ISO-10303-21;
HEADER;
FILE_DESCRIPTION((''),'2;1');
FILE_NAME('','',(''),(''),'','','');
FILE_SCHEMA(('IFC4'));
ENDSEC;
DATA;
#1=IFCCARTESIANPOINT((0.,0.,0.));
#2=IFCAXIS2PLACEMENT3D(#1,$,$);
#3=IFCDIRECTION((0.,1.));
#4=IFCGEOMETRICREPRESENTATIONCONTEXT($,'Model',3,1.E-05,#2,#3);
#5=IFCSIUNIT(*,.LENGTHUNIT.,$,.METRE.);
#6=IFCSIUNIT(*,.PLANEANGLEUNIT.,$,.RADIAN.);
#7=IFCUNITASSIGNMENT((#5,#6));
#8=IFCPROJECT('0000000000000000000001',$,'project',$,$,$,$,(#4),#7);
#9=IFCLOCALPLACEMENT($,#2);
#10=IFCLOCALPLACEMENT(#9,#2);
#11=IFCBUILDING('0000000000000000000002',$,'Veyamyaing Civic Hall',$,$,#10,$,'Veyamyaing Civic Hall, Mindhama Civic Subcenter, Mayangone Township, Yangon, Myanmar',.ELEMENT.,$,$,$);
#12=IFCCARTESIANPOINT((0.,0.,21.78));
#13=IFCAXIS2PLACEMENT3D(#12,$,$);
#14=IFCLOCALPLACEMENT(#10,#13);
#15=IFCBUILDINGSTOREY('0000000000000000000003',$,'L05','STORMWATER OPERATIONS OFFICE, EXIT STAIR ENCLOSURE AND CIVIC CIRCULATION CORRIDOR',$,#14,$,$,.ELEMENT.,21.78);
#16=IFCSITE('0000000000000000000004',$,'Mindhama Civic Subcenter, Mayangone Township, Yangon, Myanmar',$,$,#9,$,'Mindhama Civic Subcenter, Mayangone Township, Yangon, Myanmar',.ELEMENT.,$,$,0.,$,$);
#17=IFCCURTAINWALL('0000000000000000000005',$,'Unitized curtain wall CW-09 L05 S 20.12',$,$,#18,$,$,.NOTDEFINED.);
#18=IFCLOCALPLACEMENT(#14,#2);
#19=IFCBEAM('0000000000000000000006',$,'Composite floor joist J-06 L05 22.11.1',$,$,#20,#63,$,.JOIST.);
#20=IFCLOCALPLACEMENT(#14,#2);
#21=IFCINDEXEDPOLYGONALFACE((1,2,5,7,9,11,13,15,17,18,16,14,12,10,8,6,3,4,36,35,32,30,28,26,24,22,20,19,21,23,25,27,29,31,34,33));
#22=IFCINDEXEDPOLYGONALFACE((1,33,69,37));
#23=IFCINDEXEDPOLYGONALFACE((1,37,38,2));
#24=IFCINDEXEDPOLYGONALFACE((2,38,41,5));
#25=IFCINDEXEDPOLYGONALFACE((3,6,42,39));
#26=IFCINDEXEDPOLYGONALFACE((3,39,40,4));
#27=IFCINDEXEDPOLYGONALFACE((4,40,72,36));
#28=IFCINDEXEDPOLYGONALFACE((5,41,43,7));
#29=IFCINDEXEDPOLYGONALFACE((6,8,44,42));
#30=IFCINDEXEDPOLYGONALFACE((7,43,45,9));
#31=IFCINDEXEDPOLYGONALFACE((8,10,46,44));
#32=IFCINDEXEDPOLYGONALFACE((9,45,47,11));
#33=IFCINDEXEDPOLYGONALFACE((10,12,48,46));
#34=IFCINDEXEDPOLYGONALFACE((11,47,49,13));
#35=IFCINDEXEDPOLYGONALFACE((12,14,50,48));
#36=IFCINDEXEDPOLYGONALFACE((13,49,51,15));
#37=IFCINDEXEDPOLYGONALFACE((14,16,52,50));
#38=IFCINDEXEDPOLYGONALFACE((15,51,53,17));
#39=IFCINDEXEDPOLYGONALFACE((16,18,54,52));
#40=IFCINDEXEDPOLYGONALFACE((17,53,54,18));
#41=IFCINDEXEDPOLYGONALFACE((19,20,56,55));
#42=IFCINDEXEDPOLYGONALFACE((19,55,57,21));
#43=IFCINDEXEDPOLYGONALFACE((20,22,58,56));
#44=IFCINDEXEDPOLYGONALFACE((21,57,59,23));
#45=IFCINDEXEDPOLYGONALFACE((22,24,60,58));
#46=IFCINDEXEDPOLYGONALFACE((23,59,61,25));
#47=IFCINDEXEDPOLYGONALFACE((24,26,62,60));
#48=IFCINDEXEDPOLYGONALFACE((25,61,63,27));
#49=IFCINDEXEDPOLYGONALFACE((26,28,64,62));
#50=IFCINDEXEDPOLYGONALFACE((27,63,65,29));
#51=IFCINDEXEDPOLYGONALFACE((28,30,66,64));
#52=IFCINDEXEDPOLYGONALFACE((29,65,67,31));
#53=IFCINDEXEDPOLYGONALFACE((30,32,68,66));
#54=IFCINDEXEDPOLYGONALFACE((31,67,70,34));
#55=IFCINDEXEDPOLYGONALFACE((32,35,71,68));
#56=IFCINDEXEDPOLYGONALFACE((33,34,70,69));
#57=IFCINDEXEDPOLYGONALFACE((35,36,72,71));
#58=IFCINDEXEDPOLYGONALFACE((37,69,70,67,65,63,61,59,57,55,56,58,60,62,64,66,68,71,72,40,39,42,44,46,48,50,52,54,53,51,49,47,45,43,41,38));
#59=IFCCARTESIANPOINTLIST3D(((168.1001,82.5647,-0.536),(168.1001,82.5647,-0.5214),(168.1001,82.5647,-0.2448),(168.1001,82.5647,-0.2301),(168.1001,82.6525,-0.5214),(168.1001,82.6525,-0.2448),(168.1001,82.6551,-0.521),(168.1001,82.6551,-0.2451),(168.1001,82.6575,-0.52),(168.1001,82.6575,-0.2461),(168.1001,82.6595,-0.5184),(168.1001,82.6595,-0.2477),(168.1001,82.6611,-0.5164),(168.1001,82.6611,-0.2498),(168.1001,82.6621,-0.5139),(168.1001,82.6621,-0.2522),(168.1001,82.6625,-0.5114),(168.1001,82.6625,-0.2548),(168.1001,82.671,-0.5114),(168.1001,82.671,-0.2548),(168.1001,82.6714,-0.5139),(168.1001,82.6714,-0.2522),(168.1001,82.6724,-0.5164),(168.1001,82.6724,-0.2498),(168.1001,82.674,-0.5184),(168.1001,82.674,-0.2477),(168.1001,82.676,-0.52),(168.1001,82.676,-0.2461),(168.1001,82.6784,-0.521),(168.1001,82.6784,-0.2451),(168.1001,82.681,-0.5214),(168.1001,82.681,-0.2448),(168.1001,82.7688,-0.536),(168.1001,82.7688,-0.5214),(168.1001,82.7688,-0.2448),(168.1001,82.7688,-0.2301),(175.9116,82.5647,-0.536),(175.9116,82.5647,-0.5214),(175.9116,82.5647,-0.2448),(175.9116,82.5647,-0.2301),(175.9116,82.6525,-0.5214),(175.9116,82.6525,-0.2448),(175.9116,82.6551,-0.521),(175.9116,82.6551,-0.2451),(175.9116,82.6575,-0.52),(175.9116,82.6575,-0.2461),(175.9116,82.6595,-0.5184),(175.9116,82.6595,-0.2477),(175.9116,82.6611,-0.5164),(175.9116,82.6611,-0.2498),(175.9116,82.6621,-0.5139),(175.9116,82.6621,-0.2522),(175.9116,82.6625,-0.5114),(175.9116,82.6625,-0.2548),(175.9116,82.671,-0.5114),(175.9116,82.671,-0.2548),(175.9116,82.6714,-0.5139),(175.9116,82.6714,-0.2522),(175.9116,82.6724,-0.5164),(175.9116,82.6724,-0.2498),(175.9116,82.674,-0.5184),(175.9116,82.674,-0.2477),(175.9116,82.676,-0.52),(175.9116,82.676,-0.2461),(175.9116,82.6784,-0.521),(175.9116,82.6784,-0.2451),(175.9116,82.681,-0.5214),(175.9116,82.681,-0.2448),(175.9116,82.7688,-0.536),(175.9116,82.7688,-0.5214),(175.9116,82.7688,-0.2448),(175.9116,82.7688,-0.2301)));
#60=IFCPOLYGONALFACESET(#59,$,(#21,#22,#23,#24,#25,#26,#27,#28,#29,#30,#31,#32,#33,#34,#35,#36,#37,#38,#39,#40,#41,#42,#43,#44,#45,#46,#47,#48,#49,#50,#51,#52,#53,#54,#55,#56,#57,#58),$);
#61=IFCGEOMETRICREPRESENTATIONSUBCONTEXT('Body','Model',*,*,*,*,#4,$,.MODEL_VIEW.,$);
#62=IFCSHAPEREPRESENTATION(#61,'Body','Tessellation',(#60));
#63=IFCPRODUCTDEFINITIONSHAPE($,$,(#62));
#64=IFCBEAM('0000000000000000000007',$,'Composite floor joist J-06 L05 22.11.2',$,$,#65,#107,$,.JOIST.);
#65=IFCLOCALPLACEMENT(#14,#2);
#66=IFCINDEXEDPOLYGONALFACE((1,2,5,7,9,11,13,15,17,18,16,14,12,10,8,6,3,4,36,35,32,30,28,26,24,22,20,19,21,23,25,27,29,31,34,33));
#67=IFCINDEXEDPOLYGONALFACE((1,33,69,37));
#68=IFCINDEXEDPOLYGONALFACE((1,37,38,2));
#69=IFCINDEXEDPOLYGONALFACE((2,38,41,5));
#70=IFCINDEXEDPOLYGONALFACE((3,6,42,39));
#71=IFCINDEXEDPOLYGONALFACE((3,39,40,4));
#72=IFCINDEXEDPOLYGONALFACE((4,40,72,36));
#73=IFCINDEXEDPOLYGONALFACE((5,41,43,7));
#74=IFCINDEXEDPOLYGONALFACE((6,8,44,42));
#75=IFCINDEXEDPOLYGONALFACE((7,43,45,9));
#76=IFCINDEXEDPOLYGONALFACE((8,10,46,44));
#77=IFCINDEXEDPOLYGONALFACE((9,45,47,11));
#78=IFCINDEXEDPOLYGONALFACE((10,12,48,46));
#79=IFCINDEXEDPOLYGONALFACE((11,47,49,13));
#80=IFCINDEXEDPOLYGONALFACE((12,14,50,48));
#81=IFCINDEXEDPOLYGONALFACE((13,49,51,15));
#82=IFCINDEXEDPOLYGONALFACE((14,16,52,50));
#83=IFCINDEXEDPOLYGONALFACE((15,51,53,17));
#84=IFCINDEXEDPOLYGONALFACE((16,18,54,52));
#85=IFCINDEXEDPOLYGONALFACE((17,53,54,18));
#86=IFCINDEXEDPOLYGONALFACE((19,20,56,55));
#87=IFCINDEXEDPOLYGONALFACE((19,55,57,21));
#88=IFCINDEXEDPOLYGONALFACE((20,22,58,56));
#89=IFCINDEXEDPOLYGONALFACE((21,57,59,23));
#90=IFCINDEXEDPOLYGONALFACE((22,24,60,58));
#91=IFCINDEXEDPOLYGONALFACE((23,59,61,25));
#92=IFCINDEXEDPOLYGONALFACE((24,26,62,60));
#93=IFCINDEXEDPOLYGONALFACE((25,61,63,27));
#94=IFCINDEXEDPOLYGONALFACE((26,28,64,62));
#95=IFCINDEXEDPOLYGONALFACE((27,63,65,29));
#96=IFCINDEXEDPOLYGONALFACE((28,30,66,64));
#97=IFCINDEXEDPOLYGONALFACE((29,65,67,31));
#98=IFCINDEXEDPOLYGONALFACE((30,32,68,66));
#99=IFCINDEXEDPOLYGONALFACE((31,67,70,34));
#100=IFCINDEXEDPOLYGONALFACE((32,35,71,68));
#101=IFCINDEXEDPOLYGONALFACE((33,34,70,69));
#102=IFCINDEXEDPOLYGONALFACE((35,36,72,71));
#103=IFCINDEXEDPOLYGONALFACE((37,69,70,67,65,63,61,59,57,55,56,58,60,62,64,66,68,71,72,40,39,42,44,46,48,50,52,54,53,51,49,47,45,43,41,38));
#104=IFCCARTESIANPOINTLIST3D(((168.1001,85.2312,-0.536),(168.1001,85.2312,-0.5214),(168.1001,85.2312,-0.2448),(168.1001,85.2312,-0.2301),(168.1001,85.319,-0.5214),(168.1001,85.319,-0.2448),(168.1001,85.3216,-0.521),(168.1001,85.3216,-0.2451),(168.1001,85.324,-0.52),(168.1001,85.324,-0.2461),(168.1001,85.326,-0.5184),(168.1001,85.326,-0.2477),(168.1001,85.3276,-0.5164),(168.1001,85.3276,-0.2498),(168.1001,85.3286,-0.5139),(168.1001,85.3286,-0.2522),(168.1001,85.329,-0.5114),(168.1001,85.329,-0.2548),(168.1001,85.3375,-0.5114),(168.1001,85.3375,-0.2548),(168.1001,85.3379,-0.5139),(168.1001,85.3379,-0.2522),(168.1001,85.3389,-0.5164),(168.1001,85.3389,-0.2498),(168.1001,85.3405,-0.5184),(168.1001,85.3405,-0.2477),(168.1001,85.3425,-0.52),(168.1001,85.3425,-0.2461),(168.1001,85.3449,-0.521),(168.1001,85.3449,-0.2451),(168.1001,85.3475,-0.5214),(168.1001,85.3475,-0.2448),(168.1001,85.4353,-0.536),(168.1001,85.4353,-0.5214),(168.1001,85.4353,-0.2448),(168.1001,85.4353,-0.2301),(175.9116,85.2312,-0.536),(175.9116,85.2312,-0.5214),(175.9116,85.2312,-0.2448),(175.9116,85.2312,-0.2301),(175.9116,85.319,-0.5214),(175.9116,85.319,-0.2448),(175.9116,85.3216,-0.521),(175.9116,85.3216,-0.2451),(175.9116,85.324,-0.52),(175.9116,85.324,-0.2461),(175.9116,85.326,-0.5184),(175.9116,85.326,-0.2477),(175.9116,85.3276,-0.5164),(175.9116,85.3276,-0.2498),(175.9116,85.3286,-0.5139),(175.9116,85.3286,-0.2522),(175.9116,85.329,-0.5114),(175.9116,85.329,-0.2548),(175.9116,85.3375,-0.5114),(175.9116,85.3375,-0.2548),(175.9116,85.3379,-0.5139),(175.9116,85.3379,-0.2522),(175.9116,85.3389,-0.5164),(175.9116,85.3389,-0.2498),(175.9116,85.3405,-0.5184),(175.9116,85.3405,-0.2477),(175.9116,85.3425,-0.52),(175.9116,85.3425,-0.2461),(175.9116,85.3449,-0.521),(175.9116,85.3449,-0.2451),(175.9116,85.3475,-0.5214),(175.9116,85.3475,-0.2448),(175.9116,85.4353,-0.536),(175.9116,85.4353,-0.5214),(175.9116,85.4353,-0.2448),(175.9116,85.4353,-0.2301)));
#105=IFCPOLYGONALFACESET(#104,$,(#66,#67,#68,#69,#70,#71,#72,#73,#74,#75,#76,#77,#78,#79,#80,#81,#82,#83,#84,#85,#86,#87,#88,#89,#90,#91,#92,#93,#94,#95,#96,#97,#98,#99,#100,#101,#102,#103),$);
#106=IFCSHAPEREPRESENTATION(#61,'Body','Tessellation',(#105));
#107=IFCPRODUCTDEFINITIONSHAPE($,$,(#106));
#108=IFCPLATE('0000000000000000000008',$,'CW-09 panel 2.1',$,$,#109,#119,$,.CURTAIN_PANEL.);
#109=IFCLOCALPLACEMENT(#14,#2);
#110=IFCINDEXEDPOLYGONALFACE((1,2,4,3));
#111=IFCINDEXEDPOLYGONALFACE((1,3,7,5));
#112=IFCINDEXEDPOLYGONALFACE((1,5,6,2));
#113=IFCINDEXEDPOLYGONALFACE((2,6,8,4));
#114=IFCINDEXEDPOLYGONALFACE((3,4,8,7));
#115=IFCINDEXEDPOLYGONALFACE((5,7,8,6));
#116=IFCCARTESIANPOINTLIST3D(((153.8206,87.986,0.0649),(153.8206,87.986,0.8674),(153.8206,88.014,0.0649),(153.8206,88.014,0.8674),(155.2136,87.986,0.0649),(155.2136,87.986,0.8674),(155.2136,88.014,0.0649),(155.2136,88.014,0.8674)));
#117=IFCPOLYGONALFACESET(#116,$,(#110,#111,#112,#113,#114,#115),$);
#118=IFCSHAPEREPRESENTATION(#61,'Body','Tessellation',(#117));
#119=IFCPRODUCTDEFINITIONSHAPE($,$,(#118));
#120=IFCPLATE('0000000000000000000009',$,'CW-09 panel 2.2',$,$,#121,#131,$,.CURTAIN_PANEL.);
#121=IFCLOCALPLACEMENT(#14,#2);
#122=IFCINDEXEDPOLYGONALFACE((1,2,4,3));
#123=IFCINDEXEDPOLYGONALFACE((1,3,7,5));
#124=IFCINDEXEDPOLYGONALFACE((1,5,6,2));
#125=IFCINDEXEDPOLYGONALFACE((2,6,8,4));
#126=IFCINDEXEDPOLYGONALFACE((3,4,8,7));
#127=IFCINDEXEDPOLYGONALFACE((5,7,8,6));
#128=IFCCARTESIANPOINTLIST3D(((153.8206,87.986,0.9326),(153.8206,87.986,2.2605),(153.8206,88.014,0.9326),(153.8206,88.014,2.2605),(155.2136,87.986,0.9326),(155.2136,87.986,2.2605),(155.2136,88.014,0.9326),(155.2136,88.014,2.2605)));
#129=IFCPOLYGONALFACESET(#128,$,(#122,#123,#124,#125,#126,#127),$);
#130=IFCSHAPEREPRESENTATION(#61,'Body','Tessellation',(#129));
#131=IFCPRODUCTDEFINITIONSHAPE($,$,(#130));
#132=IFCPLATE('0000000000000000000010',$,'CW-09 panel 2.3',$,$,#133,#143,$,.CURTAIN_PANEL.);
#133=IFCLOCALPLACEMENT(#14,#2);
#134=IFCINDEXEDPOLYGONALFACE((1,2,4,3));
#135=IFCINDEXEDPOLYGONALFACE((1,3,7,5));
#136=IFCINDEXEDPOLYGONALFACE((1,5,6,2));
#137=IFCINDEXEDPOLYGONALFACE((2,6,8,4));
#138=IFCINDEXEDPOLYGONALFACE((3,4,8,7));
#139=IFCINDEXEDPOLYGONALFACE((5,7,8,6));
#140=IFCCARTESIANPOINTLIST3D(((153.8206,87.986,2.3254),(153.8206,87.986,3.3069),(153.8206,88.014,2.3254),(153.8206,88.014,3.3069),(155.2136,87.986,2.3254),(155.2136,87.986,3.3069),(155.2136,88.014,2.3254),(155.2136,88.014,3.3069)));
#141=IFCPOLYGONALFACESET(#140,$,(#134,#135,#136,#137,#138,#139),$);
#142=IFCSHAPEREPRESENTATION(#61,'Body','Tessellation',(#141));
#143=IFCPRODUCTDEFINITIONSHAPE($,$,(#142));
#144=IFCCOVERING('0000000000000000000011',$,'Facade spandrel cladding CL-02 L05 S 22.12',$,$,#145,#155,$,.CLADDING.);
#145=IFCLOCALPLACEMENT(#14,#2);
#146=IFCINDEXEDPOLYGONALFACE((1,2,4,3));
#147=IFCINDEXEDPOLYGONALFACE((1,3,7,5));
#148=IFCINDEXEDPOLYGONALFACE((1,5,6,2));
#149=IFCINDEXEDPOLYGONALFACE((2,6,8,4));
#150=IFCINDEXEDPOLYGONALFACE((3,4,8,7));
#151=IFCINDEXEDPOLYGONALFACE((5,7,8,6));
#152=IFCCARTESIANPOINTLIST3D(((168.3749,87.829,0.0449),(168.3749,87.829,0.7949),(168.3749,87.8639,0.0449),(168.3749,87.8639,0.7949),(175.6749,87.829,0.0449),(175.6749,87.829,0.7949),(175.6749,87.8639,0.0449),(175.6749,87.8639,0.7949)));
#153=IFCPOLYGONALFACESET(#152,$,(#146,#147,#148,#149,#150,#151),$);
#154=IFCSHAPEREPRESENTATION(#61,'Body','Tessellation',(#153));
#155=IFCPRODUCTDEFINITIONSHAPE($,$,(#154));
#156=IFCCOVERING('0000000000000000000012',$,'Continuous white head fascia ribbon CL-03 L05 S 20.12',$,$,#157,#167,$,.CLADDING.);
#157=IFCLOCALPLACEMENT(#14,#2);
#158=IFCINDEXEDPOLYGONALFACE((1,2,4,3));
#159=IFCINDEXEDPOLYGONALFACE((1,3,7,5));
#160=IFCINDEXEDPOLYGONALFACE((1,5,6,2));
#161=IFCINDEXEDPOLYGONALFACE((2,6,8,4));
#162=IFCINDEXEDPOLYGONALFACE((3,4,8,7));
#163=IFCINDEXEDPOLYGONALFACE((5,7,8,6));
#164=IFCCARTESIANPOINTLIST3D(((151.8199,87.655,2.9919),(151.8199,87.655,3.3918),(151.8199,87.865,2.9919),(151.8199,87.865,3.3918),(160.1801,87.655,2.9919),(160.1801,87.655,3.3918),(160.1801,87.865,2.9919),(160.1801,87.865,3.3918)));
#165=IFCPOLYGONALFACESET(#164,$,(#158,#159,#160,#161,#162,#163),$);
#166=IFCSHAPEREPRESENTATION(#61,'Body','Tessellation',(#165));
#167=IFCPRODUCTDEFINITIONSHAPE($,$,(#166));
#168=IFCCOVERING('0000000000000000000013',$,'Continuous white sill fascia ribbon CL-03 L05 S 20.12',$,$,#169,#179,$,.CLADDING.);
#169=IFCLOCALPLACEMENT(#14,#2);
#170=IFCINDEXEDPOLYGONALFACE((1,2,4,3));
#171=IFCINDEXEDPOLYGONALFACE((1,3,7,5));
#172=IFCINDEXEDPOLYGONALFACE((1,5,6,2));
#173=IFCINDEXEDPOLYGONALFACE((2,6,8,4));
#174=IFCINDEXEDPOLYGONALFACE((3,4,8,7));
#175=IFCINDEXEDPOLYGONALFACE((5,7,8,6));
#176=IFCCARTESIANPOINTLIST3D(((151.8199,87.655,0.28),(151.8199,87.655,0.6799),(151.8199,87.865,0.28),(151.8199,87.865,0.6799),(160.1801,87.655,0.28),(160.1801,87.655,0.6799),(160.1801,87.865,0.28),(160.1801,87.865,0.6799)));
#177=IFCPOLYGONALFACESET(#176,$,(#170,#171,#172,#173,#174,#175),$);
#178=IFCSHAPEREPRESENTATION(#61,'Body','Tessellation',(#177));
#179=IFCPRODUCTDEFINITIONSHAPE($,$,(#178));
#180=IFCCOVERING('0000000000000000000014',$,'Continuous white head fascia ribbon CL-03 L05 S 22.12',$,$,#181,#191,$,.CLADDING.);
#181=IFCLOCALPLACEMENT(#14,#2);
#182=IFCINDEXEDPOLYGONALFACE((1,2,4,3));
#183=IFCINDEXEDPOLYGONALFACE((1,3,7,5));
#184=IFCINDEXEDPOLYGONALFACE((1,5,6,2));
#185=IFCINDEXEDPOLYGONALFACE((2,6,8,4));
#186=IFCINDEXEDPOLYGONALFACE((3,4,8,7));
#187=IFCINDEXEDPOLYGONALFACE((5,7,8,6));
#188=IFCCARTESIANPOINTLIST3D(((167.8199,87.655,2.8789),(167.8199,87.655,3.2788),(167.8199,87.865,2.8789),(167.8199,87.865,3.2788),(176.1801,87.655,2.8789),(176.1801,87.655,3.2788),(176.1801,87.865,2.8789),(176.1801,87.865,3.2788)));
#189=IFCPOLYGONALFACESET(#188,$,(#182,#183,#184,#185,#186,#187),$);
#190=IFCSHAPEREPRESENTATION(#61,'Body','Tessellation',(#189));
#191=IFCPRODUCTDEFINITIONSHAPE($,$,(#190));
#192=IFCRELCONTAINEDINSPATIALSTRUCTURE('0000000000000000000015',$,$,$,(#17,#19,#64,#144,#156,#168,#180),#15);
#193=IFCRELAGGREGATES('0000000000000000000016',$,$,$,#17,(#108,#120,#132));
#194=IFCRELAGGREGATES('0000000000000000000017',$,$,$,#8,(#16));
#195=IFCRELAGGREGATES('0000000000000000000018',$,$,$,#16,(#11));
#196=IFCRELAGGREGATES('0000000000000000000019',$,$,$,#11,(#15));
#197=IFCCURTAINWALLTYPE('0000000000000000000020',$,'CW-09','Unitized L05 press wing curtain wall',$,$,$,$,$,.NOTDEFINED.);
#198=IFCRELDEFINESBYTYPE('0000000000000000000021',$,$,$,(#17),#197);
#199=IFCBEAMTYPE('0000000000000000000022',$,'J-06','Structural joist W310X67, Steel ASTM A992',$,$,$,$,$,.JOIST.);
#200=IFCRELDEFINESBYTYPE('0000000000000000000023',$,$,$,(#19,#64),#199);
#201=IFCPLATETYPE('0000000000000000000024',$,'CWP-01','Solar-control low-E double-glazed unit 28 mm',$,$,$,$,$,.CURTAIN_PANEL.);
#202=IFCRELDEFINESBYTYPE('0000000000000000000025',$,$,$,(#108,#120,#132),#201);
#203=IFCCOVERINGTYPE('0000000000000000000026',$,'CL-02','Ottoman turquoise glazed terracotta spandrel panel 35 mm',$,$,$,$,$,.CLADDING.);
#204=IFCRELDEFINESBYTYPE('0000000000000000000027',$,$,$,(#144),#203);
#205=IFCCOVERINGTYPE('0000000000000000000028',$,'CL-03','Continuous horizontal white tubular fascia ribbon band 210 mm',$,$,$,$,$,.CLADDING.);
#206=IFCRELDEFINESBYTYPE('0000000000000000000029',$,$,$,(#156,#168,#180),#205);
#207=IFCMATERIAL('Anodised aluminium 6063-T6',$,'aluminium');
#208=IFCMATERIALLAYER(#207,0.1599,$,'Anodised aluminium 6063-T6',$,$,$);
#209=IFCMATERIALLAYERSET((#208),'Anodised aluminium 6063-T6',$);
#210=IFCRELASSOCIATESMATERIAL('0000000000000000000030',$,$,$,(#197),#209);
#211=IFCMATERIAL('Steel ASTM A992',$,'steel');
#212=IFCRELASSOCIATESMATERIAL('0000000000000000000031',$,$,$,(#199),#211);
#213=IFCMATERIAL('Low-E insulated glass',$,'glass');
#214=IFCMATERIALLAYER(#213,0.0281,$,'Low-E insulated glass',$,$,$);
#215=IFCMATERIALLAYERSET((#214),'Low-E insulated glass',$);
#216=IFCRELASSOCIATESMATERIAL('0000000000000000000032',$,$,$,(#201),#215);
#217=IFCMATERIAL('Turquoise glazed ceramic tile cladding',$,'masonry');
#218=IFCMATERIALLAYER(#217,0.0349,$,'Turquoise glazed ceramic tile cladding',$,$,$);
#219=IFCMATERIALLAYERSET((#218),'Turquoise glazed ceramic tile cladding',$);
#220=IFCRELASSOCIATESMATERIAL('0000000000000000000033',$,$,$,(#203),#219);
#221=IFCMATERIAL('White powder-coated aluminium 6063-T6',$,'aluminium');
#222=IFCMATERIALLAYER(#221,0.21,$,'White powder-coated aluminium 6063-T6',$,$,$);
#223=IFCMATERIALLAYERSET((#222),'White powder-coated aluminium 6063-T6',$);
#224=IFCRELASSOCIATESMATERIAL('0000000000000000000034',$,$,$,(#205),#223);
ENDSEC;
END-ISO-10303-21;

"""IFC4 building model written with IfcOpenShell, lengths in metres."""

from ifc_helpers import new_model, si_unit, direction, frame, origin, origin_2d, place, context, subcontext, project, spatial, rectangle, i_section, extrude, material, layer, layer_set, material_profile, profile_set, type_object, element, aggregate, save


model = new_model("IFC4")

# Units and contexts
model_context = context("Model", 3, precision=1e-05, world=origin(), true_north=direction((0.0, 1.0)))
body_context = subcontext(model_context, "Body", "Model", "MODEL_VIEW")
ifc_project = project(units=[si_unit("LENGTHUNIT", "METRE"), si_unit("PLANEANGLEUNIT", "RADIAN")], contexts=[model_context])

# Site, building, storey
site_placement = place(None, origin())
site = spatial("IfcSite", under=ifc_project, at=site_placement, Name="Mindhama Civic Subcenter, Mayangone Township, Yangon, Myanmar", LongName="Mindhama Civic Subcenter, Mayangone Township, Yangon, Myanmar", CompositionType="ELEMENT", RefElevation=0.0)
building_placement = place(site_placement, origin())
building = spatial("IfcBuilding", under=site, at=building_placement, Name="Veyamyaing Civic Hall", LongName="Veyamyaing Civic Hall, Mindhama Civic Subcenter, Mayangone Township, Yangon, Myanmar", CompositionType="ELEMENT")
storey_placement = place(building_placement, frame((0.0, 0.0, 21.78)))
storey = spatial("IfcBuildingStorey", under=building, at=storey_placement, Name="L05", Description="STORMWATER OPERATIONS OFFICE, EXIT STAIR ENCLOSURE AND CIVIC CIRCULATION CORRIDOR", CompositionType="ELEMENT", Elevation=21.78)

# Shared definitions
ifc_material_1 = material(Name="Steel ASTM A992", Category="steel")

# Curtain wall
ifc_material_2 = material(Name="Anodised aluminium 6063-T6", Category="aluminium")
ifc_layer_1 = layer(ifc_material_2, 0.1599, Name="Anodised aluminium 6063-T6")
ifc_layer_set_1 = layer_set([ifc_layer_1], Name="Anodised aluminium 6063-T6")
curtain_wall_type = type_object("IfcCurtainWallType", Name="CW-09", Description="Unitized L05 press wing curtain wall", PredefinedType="NOTDEFINED", material=ifc_layer_set_1)
curtain_wall_placement = place(storey_placement, origin())
curtain_wall = element("IfcCurtainWall", 1, at=curtain_wall_placement, inside=storey, type_object=curtain_wall_type, Name="Unitized curtain wall CW-09 L05 S 20.12", PredefinedType="NOTDEFINED")

# Beams
ifc_material_profile_1 = material_profile(ifc_material_1, i_section(OverallWidth=0.2041, OverallDepth=0.3059, WebThickness=0.0085, FlangeThickness=0.0146, FilletRadius=0.01, at=origin_2d()), Name="W310X67")
ifc_profile_set_1 = profile_set([ifc_material_profile_1], Name="Steel ASTM A992")
beam_type_1 = type_object("IfcBeamType", Name="J-06", Description="Structural joist W310X67, Steel ASTM A992", PredefinedType="JOIST", material=ifc_profile_set_1)
for number, where, z_axis, x_axis, name in (
    (2, (168.1001, 82.6667, -0.3831), (1.0, 0.0, 0.0), (0.0, 1.0, 0.0), "Composite floor joist J-06 L05 22.11.1"),
    (3, (168.1001, 85.3333, -0.3831), (1.0, 0.0, 0.0), (0.0, 1.0, 0.0), "Composite floor joist J-06 L05 22.11.2"),
):
    element("IfcBeam", number, at=place(storey_placement, frame(where, z_axis=z_axis, x_axis=x_axis)), inside=storey, type_object=beam_type_1, Name=name, PredefinedType="JOIST", context=body_context, shape_type="SweptSolid", body=[
        extrude(i_section(OverallWidth=0.2041, OverallDepth=0.3059, WebThickness=0.0085, FlangeThickness=0.0146, FilletRadius=0.01, at=origin_2d()), origin(), (0.0, 0.0, 1.0), 7.8115),
    ])

# Plates
ifc_material_3 = material(Name="Low-E insulated glass", Category="glass")
ifc_layer_2 = layer(ifc_material_3, 0.0281, Name="Low-E insulated glass")
ifc_layer_set_2 = layer_set([ifc_layer_2], Name="Low-E insulated glass")
plate_type = type_object("IfcPlateType", Name="CWP-01", Description="Solar-control low-E double-glazed unit 28 mm", PredefinedType="CURTAIN_PANEL", material=ifc_layer_set_2)
plate_1_placement = place(storey_placement, frame((154.5171, 88.0, 0.0649), z_axis=(0.0, 0.0, 1.0), x_axis=(1.0, 0.0, 0.0)))
plate_1 = element("IfcPlate", 4, at=plate_1_placement, type_object=plate_type, Name="CW-09 panel 2.1", PredefinedType="CURTAIN_PANEL", context=body_context, shape_type="SweptSolid", body=[
    extrude(rectangle(XDim=1.3931, YDim=0.0281, at=origin_2d()), origin(), (0.0, 0.0, 1.0), 0.8025),
])
plate_2_placement = place(storey_placement, frame((154.5171, 88.0, 0.9326), z_axis=(0.0, 0.0, 1.0), x_axis=(1.0, 0.0, 0.0)))
plate_2 = element("IfcPlate", 5, at=plate_2_placement, type_object=plate_type, Name="CW-09 panel 2.2", PredefinedType="CURTAIN_PANEL", context=body_context, shape_type="SweptSolid", body=[
    extrude(rectangle(XDim=1.3931, YDim=0.0281, at=origin_2d()), origin(), (0.0, 0.0, 1.0), 1.3279),
])
plate_3_placement = place(storey_placement, frame((154.5171, 88.0, 2.3254), z_axis=(0.0, 0.0, 1.0), x_axis=(1.0, 0.0, 0.0)))
plate_3 = element("IfcPlate", 6, at=plate_3_placement, type_object=plate_type, Name="CW-09 panel 2.3", PredefinedType="CURTAIN_PANEL", context=body_context, shape_type="SweptSolid", body=[
    extrude(rectangle(XDim=1.3931, YDim=0.0281, at=origin_2d()), origin(), (0.0, 0.0, 1.0), 0.9814),
])
aggregate(curtain_wall, [plate_1, plate_2, plate_3])

# Coverings
ifc_material_4 = material(Name="Turquoise glazed ceramic tile cladding", Category="masonry")
ifc_layer_3 = layer(ifc_material_4, 0.0349, Name="Turquoise glazed ceramic tile cladding")
ifc_layer_set_3 = layer_set([ifc_layer_3], Name="Turquoise glazed ceramic tile cladding")
covering_type_1 = type_object("IfcCoveringType", Name="CL-02", Description="Ottoman turquoise glazed terracotta spandrel panel 35 mm", PredefinedType="CLADDING", material=ifc_layer_set_3)
covering_placement = place(storey_placement, frame((172.0249, 87.8464, 0.0449), z_axis=(0.0, 0.0, 1.0), x_axis=(1.0, 0.0, 0.0)))
element("IfcCovering", 7, at=covering_placement, inside=storey, type_object=covering_type_1, Name="Facade spandrel cladding CL-02 L05 S 22.12", PredefinedType="CLADDING", context=body_context, shape_type="SweptSolid", body=[
    extrude(rectangle(XDim=7.3, YDim=0.0349, at=origin_2d()), origin(), (0.0, 0.0, 1.0), 0.75),
])
ifc_material_5 = material(Name="White powder-coated aluminium 6063-T6", Category="aluminium")
ifc_layer_4 = layer(ifc_material_5, 0.21, Name="White powder-coated aluminium 6063-T6")
ifc_layer_set_4 = layer_set([ifc_layer_4], Name="White powder-coated aluminium 6063-T6")
covering_type_2 = type_object("IfcCoveringType", Name="CL-03", Description="Continuous horizontal white tubular fascia ribbon band 210 mm", PredefinedType="CLADDING", material=ifc_layer_set_4)
for number, where, z_axis, x_axis, name in (
    (8, (156.0, 87.76, 2.9919), (0.0, 0.0, 1.0), (1.0, 0.0, 0.0), "Continuous white head fascia ribbon CL-03 L05 S 20.12"),
    (9, (156.0, 87.76, 0.28), (0.0, 0.0, 1.0), (1.0, 0.0, 0.0), "Continuous white sill fascia ribbon CL-03 L05 S 20.12"),
    (10, (172.0, 87.76, 2.8789), (0.0, 0.0, 1.0), (1.0, 0.0, 0.0), "Continuous white head fascia ribbon CL-03 L05 S 22.12"),
):
    element("IfcCovering", number, at=place(storey_placement, frame(where, z_axis=z_axis, x_axis=x_axis)), inside=storey, type_object=covering_type_2, Name=name, PredefinedType="CLADDING", context=body_context, shape_type="SweptSolid", body=[
        extrude(rectangle(XDim=8.3601, YDim=0.21, at=origin_2d()), origin(), (0.0, 0.0, 1.0), 0.3999),
    ])

save(model, "model.ifc")
